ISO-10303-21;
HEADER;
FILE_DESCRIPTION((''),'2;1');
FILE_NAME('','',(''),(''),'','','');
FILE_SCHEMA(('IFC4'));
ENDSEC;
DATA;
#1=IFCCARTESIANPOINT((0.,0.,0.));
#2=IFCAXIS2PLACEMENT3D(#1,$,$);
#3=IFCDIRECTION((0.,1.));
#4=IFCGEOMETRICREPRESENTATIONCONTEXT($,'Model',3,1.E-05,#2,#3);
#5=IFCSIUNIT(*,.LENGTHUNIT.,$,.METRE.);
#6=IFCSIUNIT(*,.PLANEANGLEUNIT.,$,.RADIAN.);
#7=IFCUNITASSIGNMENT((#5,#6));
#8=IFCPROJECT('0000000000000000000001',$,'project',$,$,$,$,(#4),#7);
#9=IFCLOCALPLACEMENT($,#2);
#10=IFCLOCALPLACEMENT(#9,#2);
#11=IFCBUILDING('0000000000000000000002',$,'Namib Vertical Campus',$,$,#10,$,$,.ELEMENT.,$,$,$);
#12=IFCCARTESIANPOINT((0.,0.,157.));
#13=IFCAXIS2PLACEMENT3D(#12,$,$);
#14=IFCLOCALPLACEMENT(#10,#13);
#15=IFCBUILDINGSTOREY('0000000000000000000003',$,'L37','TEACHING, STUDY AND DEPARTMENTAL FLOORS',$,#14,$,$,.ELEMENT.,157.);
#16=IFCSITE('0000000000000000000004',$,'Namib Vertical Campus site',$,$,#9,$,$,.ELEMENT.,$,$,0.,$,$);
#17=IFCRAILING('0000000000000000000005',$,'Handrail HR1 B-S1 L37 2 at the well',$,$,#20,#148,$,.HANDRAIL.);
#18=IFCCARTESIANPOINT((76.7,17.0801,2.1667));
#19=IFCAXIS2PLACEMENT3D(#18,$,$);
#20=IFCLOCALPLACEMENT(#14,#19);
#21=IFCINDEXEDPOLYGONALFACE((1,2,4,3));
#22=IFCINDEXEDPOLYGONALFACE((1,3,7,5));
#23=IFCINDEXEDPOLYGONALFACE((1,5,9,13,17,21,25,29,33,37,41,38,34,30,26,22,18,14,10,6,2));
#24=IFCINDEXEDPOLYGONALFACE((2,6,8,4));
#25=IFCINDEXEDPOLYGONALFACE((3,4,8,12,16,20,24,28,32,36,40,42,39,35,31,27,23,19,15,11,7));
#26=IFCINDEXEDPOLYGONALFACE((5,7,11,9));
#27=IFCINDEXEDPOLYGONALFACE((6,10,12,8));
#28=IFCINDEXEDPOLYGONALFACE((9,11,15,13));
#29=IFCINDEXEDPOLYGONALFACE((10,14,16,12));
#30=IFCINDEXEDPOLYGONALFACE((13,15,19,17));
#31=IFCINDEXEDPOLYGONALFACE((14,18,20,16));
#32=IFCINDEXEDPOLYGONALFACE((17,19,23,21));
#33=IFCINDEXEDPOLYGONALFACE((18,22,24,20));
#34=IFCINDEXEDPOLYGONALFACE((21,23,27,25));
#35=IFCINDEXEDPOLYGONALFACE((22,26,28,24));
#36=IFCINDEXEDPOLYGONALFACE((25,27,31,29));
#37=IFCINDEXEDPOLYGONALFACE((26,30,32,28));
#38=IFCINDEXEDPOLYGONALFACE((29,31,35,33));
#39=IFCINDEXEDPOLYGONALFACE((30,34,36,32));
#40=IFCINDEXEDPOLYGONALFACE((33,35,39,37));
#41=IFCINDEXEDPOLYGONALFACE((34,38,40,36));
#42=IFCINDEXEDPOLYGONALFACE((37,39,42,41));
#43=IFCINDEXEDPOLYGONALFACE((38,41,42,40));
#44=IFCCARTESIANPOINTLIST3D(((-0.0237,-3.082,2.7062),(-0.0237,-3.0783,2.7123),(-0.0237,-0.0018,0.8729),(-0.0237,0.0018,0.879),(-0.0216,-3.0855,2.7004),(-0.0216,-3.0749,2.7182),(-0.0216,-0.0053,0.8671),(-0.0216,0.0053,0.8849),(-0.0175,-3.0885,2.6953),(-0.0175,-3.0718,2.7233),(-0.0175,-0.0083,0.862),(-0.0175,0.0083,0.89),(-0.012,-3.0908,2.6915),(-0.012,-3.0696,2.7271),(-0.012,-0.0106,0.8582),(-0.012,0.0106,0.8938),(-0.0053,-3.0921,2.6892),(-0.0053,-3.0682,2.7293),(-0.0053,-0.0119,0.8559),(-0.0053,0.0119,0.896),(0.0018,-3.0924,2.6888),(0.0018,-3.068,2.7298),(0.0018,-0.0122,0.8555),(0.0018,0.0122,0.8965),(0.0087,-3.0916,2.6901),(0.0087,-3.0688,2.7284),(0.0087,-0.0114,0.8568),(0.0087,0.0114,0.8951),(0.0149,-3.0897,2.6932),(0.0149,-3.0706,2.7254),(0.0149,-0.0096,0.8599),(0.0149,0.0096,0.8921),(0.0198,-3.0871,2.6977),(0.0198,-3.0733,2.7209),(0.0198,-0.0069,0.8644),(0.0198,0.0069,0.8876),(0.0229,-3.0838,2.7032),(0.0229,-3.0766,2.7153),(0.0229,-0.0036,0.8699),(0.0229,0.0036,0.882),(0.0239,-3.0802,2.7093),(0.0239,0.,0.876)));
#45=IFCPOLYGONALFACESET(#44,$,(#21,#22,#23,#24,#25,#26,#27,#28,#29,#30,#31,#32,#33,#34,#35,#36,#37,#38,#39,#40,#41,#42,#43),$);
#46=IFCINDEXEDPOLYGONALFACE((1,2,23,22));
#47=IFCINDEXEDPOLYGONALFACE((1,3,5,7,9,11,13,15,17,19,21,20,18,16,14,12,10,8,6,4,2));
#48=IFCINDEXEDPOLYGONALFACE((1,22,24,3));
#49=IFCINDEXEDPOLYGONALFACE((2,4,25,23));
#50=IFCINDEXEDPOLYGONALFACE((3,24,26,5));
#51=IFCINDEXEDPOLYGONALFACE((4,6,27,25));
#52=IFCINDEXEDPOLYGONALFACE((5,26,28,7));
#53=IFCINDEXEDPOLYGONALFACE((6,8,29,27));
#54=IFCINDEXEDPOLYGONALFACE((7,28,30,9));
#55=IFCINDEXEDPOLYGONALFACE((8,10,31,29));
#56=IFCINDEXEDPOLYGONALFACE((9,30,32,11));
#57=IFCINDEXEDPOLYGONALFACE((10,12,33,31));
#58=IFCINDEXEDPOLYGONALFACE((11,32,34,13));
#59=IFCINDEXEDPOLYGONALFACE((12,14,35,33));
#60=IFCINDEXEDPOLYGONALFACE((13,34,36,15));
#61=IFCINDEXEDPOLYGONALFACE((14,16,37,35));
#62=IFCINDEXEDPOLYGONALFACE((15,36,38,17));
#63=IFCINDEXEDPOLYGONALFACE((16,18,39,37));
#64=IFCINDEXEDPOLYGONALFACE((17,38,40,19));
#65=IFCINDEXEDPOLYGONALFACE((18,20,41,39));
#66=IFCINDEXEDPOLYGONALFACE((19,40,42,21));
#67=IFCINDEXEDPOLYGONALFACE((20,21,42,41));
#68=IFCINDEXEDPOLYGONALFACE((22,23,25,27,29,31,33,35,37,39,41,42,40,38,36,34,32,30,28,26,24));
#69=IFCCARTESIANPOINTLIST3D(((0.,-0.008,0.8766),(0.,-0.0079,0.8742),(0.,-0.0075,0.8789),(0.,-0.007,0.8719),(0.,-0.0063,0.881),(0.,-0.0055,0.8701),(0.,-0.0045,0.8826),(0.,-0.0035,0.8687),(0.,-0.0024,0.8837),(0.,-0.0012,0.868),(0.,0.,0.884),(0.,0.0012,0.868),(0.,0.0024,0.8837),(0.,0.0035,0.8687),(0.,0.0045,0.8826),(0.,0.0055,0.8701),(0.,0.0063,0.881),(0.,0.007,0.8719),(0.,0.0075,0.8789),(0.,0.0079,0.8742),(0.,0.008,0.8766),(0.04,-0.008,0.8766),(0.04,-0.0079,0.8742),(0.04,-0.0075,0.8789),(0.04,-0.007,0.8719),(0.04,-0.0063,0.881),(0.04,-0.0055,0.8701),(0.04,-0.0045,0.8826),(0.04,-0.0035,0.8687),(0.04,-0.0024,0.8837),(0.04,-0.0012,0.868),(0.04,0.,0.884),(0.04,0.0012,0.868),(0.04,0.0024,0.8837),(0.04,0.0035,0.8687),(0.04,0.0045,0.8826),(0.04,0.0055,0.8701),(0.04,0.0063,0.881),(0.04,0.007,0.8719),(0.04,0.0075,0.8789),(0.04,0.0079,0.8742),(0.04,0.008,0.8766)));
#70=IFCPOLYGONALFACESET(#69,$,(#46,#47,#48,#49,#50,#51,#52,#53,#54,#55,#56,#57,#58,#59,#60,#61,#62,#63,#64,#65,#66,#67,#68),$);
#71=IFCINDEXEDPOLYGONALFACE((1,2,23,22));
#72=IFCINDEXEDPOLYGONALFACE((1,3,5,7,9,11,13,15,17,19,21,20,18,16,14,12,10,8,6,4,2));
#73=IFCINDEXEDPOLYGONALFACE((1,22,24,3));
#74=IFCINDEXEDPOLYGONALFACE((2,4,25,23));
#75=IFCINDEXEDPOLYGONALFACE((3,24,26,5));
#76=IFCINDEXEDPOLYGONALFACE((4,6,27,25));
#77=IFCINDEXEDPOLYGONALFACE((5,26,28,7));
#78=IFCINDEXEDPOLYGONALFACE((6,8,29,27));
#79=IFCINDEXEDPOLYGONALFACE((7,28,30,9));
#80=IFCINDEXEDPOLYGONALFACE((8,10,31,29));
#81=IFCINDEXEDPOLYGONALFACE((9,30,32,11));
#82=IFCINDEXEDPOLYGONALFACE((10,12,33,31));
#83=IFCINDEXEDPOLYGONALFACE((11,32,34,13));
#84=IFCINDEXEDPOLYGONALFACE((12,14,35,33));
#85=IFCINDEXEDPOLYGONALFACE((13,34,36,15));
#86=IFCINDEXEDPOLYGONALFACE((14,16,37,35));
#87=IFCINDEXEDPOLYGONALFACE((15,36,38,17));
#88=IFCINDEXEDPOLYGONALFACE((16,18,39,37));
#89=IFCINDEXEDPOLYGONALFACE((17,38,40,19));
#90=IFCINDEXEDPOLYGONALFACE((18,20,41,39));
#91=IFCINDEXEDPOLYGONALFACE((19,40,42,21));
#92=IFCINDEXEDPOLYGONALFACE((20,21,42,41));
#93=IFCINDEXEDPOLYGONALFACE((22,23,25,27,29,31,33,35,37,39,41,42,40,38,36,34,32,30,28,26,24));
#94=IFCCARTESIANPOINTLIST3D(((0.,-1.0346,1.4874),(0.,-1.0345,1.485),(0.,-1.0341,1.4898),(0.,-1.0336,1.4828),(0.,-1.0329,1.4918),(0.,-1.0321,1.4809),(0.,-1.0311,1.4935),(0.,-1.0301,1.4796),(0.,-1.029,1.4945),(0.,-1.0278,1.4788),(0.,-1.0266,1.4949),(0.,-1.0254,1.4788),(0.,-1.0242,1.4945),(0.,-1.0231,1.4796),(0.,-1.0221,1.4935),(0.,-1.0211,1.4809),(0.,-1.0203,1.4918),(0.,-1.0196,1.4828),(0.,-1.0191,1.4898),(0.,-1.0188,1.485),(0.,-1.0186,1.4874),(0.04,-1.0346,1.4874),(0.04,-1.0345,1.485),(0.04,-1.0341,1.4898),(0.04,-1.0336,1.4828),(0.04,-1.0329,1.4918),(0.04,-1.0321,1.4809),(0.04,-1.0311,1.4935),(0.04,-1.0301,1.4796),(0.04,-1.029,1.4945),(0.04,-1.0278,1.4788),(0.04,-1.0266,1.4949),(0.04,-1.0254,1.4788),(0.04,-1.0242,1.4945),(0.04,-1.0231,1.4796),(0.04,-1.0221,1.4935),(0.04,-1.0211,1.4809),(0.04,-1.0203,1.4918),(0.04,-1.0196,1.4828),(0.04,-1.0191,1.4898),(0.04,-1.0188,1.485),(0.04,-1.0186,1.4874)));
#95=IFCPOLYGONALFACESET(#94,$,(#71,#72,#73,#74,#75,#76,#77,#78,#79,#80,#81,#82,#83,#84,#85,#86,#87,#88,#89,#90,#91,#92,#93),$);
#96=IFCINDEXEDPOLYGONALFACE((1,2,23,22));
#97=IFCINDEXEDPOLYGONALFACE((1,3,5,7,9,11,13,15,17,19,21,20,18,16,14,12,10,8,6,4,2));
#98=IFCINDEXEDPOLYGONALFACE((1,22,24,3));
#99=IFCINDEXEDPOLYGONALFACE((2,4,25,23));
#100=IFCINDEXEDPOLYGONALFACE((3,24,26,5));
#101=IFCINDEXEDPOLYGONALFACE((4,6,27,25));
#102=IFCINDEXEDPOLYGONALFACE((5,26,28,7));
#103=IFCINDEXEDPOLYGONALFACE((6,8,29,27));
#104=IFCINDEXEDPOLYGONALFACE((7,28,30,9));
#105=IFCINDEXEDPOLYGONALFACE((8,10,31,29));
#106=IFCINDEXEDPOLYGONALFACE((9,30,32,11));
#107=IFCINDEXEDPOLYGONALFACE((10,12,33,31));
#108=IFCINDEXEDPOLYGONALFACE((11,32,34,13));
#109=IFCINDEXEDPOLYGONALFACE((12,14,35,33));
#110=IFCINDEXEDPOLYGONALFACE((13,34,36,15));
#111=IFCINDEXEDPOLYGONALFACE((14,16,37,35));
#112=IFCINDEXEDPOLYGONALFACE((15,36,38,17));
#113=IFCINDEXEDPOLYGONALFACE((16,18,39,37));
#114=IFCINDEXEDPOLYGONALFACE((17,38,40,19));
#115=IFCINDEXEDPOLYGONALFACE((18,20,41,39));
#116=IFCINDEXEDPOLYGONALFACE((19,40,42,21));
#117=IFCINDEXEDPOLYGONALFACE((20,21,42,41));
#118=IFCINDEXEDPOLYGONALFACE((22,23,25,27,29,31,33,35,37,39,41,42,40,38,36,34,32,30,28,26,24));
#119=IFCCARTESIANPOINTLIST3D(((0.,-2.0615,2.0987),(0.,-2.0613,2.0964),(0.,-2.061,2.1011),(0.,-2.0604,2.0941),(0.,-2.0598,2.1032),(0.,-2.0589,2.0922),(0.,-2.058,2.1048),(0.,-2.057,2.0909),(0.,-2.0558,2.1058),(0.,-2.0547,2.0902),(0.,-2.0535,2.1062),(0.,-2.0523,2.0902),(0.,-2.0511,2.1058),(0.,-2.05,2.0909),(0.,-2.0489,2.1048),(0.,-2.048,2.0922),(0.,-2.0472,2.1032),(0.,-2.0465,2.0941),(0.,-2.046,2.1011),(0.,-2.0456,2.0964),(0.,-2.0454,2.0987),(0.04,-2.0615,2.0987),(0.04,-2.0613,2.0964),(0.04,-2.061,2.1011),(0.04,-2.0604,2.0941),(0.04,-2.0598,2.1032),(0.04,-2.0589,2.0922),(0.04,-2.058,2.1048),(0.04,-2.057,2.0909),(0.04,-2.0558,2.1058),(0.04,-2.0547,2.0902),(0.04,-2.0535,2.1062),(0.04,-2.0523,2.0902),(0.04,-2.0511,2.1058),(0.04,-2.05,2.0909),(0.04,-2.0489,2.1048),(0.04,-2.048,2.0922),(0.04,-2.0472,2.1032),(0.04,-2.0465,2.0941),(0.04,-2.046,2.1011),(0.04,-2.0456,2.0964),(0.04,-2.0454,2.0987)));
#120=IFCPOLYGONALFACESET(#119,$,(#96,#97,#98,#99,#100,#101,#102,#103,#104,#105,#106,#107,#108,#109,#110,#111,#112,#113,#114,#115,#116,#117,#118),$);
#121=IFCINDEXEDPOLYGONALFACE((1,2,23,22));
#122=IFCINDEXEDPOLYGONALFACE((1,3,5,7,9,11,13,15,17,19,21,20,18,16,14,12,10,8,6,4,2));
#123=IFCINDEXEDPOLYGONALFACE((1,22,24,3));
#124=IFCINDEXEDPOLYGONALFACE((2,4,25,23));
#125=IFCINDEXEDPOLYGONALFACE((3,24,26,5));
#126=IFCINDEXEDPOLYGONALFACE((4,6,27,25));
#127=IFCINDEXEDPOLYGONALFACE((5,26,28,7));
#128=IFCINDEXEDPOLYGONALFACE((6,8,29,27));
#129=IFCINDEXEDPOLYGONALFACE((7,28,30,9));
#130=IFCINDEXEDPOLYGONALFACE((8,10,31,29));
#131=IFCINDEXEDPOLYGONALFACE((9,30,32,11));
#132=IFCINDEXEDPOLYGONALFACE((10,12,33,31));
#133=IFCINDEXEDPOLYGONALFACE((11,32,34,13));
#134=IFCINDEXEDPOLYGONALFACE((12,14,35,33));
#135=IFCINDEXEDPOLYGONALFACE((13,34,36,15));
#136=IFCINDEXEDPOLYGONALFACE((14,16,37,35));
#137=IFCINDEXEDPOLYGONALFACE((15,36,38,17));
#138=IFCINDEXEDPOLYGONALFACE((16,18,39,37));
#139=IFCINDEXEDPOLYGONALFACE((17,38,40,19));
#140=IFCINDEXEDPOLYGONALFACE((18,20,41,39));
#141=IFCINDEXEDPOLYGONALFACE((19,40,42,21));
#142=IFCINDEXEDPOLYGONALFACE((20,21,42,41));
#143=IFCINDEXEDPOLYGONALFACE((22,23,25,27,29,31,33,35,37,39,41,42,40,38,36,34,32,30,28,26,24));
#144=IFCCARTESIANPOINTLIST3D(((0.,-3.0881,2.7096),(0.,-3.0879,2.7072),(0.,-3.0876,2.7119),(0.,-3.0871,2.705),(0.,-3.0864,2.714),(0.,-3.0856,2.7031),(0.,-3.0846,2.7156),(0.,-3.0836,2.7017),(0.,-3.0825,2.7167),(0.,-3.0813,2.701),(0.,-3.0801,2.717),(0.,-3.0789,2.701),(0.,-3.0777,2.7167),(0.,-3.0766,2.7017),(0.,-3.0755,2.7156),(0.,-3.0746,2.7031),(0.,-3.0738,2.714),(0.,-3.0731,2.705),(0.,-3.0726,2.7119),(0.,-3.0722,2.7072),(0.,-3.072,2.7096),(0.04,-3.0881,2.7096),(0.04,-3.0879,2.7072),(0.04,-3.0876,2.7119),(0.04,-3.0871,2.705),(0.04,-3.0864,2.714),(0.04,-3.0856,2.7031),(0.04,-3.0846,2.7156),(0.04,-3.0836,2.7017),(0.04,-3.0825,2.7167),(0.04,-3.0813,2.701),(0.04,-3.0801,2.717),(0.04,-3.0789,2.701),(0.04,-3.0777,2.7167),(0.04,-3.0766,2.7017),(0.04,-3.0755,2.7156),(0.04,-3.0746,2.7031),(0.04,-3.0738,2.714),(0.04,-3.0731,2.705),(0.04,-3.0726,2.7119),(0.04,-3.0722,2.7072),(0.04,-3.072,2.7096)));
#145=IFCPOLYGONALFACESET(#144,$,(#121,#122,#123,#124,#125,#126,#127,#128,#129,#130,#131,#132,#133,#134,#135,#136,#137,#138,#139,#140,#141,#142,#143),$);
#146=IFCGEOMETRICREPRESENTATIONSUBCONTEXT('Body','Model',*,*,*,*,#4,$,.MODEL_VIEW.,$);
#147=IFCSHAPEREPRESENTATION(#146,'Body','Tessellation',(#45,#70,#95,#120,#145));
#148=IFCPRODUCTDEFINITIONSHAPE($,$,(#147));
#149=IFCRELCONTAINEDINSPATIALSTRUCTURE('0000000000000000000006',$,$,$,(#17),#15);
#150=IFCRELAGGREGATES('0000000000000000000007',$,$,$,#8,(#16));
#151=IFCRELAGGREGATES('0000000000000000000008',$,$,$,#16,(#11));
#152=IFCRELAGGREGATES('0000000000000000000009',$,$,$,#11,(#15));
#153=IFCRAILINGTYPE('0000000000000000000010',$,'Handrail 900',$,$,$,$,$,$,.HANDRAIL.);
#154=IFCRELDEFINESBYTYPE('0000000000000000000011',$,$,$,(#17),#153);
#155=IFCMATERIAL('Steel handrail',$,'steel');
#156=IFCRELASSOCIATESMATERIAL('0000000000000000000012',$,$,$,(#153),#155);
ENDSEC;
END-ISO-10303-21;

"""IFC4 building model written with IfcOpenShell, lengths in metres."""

from ifc_helpers import new_model, si_unit, direction, frame, origin, origin_2d, place, context, subcontext, project, spatial, circle, extrude, material, type_object, element, save


model = new_model("IFC4")

# Units and contexts
model_context = context("Model", 3, precision=1e-05, world=origin(), true_north=direction((0.0, 1.0)))
body_context = subcontext(model_context, "Body", "Model", "MODEL_VIEW")
ifc_project = project(units=[si_unit("LENGTHUNIT", "METRE"), si_unit("PLANEANGLEUNIT", "RADIAN")], contexts=[model_context])

# Site, building, storey
site_placement = place(None, origin())
site = spatial("IfcSite", under=ifc_project, at=site_placement, Name="Namib Vertical Campus site", CompositionType="ELEMENT", RefElevation=0.0)
building_placement = place(site_placement, origin())
building = spatial("IfcBuilding", under=site, at=building_placement, Name="Namib Vertical Campus", CompositionType="ELEMENT")
storey_placement = place(building_placement, frame((0.0, 0.0, 157.0)))
storey = spatial("IfcBuildingStorey", under=building, at=storey_placement, Name="L37", Description="TEACHING, STUDY AND DEPARTMENTAL FLOORS", CompositionType="ELEMENT", Elevation=157.0)

# Railing
ifc_material_1 = material(Name="Steel handrail", Category="steel")
railing_type_1 = type_object("IfcRailingType", Name="Handrail 900", PredefinedType="HANDRAIL", material=ifc_material_1)
railing_1_placement = place(storey_placement, frame((76.7, 17.0801, 2.1667)))
element("IfcRailing", 1, at=railing_1_placement, inside=storey, type_object=railing_type_1, Name="Handrail HR1 B-S1 L37 2 at the well", PredefinedType="HANDRAIL", context=body_context, shape_type="SweptSolid", body=[
    extrude(circle(Radius=0.0239, at=origin_2d()), frame((0.0, 0.0, 0.876), z_axis=(0.0, -0.859309, 0.511458), x_axis=(1.0, 0.0, 0.0)), (0.0, 0.0, 1.0), 3.5845),
    extrude(circle(Radius=0.0081, at=origin_2d()), frame((0.0, 0.0, 0.876), z_axis=(1.0, 0.0, 0.0), x_axis=(0.0, 0.0, 1.0)), (0.0, 0.0, 1.0), 0.04),
    extrude(circle(Radius=0.0081, at=origin_2d()), frame((0.0, -1.0266, 1.4868), z_axis=(1.0, 0.0, 0.0), x_axis=(0.0, 0.0, 1.0)), (0.0, 0.0, 1.0), 0.04),
    extrude(circle(Radius=0.0081, at=origin_2d()), frame((0.0, -2.0535, 2.0981), z_axis=(1.0, 0.0, 0.0), x_axis=(0.0, 0.0, 1.0)), (0.0, 0.0, 1.0), 0.04),
    extrude(circle(Radius=0.0081, at=origin_2d()), frame((0.0, -3.0801, 2.709), z_axis=(1.0, 0.0, 0.0), x_axis=(0.0, 0.0, 1.0)), (0.0, 0.0, 1.0), 0.04),
])

save(model, "model.ifc")
